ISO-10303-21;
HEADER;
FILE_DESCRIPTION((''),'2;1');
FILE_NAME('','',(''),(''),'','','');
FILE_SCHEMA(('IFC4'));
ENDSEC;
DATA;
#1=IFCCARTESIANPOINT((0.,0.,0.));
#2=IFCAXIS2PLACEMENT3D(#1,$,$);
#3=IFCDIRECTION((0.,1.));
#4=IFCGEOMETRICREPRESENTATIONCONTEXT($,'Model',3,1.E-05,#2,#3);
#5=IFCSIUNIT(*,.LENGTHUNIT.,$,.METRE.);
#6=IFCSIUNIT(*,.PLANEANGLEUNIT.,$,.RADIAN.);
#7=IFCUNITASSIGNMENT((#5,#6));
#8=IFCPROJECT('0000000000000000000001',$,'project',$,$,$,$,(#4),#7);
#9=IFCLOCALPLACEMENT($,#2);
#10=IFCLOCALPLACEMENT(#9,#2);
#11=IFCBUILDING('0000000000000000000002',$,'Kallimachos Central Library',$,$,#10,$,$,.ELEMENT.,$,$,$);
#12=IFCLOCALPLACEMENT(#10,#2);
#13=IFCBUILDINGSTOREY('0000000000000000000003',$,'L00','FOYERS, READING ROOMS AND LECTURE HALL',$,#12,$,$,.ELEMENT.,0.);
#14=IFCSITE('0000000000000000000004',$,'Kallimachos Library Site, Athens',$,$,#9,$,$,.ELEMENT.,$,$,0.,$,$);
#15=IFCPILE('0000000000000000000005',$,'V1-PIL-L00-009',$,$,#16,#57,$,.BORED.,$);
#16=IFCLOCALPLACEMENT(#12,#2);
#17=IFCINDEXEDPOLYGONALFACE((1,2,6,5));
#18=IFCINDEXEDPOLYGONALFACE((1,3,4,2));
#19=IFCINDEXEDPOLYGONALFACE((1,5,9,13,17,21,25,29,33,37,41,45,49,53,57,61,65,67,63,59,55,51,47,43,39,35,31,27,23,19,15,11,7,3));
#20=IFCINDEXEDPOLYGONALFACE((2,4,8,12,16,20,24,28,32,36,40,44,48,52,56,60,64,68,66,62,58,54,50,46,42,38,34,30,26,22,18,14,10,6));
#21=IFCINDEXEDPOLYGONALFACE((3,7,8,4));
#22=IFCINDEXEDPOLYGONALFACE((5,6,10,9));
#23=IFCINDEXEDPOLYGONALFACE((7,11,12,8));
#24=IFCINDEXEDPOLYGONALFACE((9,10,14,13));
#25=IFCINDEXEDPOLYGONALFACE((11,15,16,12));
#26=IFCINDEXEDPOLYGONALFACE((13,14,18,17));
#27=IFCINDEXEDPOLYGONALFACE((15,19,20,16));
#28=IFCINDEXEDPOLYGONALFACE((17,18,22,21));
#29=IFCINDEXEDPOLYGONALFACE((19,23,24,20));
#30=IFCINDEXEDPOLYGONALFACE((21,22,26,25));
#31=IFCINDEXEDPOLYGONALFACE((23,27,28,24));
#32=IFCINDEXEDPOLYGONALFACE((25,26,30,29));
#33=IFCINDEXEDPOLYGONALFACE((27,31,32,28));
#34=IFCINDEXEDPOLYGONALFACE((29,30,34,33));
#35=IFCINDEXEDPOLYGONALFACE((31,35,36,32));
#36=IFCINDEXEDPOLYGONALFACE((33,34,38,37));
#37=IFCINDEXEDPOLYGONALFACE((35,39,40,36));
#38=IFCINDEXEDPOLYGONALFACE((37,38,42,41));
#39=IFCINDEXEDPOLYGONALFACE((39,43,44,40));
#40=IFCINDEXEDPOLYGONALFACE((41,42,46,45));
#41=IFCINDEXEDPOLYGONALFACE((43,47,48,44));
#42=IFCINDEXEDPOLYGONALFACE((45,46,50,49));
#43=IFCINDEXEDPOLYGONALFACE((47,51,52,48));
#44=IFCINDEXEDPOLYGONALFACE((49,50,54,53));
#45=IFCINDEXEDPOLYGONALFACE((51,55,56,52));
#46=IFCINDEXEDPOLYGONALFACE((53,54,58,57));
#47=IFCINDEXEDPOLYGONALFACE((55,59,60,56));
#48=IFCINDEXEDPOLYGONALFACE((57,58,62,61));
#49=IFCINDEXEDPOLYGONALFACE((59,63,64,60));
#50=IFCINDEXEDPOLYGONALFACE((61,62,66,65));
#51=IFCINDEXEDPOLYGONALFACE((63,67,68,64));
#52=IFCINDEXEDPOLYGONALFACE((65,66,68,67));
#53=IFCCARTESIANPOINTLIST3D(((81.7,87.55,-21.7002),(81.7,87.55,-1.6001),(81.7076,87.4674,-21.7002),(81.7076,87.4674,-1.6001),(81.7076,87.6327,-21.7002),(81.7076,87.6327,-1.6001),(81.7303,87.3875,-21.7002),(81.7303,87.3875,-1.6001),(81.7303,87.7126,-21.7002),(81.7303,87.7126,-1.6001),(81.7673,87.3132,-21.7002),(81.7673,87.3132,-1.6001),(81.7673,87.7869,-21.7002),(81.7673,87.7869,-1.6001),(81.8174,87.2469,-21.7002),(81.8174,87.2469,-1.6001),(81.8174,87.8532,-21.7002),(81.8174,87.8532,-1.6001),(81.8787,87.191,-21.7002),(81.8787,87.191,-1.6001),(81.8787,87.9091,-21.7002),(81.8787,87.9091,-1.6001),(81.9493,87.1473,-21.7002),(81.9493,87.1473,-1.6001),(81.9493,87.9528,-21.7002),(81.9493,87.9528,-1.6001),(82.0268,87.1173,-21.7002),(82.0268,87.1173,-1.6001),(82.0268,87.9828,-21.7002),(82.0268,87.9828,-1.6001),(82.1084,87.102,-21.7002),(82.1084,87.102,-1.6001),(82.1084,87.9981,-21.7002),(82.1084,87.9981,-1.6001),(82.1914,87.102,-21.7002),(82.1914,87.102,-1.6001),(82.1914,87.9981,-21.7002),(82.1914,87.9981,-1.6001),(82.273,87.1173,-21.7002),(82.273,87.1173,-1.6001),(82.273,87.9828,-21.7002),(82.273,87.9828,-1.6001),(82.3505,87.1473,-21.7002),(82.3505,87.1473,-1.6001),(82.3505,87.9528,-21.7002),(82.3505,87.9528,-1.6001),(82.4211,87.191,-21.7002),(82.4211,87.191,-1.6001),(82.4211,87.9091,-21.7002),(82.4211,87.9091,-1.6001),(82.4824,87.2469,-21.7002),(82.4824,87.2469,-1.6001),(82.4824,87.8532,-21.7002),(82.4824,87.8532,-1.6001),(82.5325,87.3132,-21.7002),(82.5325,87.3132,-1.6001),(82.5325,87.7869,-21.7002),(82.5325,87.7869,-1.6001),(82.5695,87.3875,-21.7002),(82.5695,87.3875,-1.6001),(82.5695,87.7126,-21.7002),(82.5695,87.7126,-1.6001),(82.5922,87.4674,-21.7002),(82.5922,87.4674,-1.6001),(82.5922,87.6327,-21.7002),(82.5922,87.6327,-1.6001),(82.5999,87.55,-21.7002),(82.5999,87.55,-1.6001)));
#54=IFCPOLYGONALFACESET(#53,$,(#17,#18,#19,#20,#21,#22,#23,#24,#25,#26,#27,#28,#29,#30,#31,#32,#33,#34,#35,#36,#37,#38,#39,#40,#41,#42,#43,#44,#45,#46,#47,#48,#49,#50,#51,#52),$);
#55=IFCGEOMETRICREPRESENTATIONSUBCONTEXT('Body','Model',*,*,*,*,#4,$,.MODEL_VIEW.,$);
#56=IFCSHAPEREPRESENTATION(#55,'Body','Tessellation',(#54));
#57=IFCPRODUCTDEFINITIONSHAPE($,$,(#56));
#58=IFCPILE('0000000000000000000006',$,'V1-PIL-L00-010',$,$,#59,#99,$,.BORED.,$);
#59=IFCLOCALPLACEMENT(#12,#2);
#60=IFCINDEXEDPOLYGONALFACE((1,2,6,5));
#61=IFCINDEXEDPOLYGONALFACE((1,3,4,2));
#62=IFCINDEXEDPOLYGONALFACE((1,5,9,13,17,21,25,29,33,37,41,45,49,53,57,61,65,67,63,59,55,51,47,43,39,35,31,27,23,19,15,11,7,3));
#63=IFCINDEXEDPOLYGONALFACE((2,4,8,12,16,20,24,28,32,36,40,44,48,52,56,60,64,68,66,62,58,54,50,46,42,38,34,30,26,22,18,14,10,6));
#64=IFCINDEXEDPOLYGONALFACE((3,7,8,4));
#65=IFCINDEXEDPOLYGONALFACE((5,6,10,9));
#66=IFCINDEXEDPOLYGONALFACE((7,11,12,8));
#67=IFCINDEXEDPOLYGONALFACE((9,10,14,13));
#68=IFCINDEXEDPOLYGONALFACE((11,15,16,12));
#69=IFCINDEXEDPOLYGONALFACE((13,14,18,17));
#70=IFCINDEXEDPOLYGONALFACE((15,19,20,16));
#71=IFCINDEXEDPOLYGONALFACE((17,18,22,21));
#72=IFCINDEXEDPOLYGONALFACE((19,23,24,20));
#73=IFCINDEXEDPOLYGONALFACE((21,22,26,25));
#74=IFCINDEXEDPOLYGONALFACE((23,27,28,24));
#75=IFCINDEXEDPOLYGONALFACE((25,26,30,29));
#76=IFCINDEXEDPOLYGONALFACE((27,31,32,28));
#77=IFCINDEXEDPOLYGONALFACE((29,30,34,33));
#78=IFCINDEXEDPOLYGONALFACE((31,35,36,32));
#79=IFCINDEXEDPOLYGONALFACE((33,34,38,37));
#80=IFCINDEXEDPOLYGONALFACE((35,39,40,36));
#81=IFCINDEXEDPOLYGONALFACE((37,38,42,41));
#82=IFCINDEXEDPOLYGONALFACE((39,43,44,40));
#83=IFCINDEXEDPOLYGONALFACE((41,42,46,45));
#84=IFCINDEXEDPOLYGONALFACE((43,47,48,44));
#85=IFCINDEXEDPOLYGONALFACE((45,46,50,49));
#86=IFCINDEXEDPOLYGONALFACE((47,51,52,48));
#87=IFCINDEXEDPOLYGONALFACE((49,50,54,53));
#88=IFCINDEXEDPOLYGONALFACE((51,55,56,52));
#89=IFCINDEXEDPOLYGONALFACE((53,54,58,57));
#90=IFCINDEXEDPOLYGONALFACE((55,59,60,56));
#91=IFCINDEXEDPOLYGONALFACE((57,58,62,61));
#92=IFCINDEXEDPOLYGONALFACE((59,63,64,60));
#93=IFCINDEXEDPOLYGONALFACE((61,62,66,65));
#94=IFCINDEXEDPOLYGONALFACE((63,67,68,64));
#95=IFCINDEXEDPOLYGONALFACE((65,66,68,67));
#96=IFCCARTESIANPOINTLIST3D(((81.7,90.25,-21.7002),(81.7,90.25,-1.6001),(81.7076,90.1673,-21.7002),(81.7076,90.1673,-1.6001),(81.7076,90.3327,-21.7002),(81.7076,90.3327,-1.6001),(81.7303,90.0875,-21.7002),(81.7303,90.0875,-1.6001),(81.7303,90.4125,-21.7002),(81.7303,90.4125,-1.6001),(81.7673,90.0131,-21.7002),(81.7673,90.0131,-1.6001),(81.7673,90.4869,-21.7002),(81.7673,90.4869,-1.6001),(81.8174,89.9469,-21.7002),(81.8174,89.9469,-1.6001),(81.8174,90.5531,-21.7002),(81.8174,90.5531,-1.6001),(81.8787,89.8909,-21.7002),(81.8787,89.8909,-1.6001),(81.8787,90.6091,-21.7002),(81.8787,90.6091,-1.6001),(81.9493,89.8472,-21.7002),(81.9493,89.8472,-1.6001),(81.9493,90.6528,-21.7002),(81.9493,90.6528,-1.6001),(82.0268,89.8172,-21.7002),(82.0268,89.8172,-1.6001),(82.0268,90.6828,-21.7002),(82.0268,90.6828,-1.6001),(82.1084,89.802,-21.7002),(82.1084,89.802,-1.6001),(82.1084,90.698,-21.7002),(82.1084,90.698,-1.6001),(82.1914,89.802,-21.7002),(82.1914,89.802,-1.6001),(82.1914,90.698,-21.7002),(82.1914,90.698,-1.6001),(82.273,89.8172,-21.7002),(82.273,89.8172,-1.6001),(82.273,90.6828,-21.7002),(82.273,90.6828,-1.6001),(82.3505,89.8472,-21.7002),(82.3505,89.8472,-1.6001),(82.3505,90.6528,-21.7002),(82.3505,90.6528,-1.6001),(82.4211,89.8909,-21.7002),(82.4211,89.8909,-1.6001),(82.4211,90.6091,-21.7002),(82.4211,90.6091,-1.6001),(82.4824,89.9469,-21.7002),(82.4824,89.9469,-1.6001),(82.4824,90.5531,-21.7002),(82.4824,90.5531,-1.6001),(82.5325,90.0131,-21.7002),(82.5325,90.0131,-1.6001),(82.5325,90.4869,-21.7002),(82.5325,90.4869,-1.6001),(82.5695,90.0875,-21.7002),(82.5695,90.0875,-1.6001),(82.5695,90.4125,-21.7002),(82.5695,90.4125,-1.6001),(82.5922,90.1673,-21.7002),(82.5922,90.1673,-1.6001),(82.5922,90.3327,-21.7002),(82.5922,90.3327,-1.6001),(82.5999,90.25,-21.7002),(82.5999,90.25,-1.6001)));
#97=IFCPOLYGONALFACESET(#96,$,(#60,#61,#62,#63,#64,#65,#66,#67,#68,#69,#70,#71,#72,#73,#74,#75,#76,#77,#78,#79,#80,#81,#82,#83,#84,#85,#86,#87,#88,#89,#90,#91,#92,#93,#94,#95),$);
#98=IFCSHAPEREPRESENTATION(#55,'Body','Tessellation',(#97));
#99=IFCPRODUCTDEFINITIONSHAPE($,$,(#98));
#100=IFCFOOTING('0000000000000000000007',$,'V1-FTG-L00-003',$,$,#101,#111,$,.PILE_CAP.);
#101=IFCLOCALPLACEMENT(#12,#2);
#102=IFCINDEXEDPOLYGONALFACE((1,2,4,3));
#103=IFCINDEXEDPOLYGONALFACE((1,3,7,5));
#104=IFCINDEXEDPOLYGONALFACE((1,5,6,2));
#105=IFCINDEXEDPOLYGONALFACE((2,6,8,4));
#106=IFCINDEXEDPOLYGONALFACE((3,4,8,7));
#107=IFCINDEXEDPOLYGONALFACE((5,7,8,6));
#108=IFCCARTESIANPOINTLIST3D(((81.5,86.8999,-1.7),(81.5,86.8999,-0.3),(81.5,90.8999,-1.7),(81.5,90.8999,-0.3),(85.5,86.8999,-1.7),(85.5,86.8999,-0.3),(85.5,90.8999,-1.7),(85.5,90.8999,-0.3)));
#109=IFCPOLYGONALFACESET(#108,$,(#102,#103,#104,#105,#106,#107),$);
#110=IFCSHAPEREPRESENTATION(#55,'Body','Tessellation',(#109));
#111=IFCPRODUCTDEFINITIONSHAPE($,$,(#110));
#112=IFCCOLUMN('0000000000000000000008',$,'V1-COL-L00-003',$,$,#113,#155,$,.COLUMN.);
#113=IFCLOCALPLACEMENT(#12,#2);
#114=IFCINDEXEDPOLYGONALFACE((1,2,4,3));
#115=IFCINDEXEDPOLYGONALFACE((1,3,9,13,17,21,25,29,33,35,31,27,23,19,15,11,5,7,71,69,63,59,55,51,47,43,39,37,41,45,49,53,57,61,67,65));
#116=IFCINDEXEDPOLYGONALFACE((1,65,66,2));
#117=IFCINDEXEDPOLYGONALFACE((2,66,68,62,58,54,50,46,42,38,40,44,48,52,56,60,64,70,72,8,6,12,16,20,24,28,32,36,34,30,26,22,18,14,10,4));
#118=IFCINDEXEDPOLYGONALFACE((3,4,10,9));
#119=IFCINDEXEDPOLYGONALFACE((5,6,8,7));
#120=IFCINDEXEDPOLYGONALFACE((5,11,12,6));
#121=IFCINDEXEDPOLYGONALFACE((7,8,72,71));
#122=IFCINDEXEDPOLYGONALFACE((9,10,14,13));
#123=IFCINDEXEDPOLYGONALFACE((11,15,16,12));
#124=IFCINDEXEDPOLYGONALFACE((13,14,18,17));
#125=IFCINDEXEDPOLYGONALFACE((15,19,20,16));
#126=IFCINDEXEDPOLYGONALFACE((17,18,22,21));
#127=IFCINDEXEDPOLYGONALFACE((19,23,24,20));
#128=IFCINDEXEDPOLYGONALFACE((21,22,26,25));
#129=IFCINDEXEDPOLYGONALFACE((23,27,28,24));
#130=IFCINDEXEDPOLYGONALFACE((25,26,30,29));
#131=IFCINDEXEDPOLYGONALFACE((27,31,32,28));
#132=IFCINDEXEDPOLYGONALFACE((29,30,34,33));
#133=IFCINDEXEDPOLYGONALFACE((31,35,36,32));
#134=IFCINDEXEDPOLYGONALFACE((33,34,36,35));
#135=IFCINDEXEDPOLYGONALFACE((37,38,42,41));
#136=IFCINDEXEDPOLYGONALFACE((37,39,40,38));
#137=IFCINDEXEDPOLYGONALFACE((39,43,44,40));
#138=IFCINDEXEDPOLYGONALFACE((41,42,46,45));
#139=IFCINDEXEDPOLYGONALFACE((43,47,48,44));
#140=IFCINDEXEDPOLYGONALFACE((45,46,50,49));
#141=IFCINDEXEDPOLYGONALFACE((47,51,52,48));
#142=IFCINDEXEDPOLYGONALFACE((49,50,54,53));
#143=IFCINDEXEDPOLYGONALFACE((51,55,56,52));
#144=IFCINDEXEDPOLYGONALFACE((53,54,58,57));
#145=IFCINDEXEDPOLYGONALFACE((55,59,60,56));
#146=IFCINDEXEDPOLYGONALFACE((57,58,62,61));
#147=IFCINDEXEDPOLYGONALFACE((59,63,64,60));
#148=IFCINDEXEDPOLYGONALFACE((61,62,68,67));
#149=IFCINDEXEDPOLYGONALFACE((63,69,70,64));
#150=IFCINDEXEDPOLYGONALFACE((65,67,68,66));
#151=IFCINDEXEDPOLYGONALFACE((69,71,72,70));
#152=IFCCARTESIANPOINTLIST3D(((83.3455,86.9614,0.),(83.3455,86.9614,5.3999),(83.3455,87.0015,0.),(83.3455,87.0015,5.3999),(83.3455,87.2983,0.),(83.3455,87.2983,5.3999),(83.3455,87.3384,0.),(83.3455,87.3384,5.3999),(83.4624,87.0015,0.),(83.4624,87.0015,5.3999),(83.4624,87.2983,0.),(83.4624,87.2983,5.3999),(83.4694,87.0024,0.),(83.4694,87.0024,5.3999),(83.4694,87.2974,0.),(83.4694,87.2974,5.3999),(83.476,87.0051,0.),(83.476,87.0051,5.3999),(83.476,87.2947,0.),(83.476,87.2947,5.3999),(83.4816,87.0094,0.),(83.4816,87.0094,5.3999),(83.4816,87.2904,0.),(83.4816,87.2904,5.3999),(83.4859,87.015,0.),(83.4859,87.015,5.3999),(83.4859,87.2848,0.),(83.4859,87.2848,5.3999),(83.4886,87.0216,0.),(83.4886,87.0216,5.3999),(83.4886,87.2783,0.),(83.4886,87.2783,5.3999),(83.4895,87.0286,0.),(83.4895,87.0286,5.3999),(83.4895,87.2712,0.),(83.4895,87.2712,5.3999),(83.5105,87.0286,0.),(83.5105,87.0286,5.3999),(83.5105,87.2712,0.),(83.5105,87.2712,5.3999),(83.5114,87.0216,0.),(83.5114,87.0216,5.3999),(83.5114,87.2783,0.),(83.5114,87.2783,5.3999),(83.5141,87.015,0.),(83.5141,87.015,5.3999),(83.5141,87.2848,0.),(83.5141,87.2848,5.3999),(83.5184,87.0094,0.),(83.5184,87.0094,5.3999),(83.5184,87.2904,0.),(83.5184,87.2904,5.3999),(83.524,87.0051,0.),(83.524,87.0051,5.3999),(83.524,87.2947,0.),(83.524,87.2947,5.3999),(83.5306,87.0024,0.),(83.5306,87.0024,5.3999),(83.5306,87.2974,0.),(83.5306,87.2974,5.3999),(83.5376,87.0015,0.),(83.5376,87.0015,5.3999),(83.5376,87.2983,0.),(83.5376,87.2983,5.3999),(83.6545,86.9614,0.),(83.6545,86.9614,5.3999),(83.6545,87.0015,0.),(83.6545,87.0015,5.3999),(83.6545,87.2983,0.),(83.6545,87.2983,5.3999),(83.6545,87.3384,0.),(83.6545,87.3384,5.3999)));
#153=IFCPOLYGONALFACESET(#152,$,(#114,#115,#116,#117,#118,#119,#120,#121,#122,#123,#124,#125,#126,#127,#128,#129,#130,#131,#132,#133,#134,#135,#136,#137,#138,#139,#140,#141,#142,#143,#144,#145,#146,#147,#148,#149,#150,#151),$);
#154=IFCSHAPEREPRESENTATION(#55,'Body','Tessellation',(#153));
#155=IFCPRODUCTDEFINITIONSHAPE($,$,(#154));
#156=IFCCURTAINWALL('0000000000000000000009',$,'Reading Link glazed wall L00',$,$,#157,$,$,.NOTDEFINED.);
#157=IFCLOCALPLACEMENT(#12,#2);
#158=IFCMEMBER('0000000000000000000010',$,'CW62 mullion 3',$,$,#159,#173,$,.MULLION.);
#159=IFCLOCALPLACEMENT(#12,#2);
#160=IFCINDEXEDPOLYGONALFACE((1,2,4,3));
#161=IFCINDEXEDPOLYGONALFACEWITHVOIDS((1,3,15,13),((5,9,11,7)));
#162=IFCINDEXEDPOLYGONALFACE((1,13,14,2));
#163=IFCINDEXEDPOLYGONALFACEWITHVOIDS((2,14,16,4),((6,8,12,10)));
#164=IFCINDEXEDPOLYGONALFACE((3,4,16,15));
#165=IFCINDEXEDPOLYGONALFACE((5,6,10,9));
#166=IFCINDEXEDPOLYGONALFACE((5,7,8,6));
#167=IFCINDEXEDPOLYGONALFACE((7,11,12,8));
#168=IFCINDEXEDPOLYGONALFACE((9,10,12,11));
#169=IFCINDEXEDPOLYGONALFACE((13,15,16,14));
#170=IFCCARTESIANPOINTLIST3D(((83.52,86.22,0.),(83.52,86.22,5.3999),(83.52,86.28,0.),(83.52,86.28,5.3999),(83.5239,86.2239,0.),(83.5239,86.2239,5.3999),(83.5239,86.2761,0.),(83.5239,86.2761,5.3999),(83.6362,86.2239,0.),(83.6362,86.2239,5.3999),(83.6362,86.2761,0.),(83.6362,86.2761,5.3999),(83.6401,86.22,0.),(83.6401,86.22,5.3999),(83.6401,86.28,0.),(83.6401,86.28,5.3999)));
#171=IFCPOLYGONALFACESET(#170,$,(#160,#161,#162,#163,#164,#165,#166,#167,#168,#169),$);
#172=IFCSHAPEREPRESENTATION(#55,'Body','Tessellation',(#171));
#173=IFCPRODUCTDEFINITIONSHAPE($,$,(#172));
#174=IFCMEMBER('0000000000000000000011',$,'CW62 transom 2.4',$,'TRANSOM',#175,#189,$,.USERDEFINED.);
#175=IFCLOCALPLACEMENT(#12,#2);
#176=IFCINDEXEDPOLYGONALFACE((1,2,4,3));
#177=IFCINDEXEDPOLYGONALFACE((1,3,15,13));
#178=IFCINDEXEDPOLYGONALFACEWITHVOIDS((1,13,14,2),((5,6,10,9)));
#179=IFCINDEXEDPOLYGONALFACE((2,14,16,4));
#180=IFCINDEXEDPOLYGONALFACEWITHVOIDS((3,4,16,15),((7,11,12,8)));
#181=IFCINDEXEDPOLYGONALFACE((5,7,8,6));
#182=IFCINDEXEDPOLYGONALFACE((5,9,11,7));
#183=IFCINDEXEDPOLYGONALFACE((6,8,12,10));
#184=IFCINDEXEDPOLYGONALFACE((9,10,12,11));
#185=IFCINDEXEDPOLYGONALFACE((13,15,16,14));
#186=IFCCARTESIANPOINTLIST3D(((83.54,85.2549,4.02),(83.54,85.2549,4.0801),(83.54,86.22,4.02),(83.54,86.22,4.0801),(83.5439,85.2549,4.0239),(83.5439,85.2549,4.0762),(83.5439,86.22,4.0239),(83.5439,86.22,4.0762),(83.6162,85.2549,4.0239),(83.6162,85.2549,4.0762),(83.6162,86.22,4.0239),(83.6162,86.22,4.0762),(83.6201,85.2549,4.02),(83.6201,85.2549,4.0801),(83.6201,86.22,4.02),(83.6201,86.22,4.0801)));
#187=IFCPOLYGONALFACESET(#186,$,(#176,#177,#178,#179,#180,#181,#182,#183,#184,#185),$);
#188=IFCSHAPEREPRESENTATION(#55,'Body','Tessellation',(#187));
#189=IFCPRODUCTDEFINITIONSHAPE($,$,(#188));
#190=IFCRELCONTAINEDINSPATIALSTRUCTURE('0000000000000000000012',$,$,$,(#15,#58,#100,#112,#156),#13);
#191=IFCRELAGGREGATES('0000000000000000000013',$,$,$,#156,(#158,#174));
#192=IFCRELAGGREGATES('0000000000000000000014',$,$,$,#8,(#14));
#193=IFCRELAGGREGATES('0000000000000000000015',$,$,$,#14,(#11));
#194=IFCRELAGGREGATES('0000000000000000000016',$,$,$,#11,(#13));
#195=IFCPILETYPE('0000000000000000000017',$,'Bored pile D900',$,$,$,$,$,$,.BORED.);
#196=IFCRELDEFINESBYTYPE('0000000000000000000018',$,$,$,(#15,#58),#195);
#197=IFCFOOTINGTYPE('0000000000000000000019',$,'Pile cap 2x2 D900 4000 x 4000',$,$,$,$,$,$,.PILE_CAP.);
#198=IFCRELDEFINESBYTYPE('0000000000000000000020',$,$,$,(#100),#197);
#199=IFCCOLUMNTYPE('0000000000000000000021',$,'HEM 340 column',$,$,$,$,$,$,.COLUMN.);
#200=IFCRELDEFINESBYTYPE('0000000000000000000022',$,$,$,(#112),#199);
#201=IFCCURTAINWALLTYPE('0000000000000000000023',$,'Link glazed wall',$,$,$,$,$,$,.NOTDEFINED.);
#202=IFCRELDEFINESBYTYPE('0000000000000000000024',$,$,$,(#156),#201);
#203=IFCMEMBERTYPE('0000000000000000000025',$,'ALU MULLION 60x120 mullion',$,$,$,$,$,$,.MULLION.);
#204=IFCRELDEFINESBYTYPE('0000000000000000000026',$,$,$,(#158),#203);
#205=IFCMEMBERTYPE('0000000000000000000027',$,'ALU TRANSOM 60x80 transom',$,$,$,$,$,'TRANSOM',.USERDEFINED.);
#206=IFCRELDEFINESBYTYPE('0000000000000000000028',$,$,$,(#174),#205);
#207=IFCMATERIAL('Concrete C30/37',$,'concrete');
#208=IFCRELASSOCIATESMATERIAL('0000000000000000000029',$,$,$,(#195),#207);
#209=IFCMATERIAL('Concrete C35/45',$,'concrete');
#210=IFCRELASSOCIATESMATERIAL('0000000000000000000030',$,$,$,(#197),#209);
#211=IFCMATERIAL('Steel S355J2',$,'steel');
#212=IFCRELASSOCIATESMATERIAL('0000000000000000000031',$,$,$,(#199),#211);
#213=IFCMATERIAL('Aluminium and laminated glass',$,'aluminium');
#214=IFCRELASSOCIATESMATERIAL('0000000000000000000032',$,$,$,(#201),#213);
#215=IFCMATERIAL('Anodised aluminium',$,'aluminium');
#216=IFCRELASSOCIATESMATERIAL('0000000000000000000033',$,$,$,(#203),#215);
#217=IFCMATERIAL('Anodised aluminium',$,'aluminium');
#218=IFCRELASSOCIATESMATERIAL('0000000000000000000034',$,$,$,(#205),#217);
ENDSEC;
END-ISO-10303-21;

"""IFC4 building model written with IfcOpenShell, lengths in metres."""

from ifc_helpers import new_model, si_unit, direction, frame, origin, origin_2d, place, context, subcontext, project, spatial, rectangle, hollow_rectangle, circle, i_section, extrude, material, material_profile, profile_set, type_object, element, aggregate, save


model = new_model("IFC4")

# Units and contexts
model_context = context("Model", 3, precision=1e-05, world=origin(), true_north=direction((0.0, 1.0)))
body_context = subcontext(model_context, "Body", "Model", "MODEL_VIEW")
ifc_project = project(units=[si_unit("LENGTHUNIT", "METRE"), si_unit("PLANEANGLEUNIT", "RADIAN")], contexts=[model_context])

# Site, building, storey
site_placement = place(None, origin())
site = spatial("IfcSite", under=ifc_project, at=site_placement, Name="Kallimachos Library Site, Athens", CompositionType="ELEMENT", RefElevation=0.0)
building_placement = place(site_placement, origin())
building = spatial("IfcBuilding", under=site, at=building_placement, Name="Kallimachos Central Library", CompositionType="ELEMENT")
storey_placement = place(building_placement, origin())
storey = spatial("IfcBuildingStorey", under=building, at=storey_placement, Name="L00", Description="FOYERS, READING ROOMS AND LECTURE HALL", CompositionType="ELEMENT", Elevation=0.0)

# Piles
ifc_material_1 = material(Name="Concrete C30/37", Category="concrete")
pile_type = type_object("IfcPileType", Name="Bored pile D900", PredefinedType="BORED", material=ifc_material_1)
for number, where, z_axis, x_axis, name in (
    (1, (82.1499, 87.55, -1.6001), (0.0, 0.0, -1.0), (1.0, 0.0, 0.0), "V1-PIL-L00-009"),
    (2, (82.1499, 90.25, -1.6001), (0.0, 0.0, -1.0), (1.0, 0.0, 0.0), "V1-PIL-L00-010"),
):
    element("IfcPile", number, at=place(storey_placement, frame(where, z_axis=z_axis, x_axis=x_axis)), inside=storey, type_object=pile_type, Name=name, PredefinedType="BORED", context=body_context, shape_type="SweptSolid", body=[
        extrude(circle(Radius=0.45, at=origin_2d()), origin(), (0.0, 0.0, 1.0), 20.1001),
    ])

# Footing
ifc_material_2 = material(Name="Concrete C35/45", Category="concrete")
footing_type = type_object("IfcFootingType", Name="Pile cap 2x2 D900 4000 x 4000", PredefinedType="PILE_CAP", material=ifc_material_2)
footing_placement = place(storey_placement, frame((83.5, 88.8999, -1.7), z_axis=(0.0, 0.0, 1.0), x_axis=(1.0, 0.0, 0.0)))
element("IfcFooting", 3, at=footing_placement, inside=storey, type_object=footing_type, Name="V1-FTG-L00-003", PredefinedType="PILE_CAP", context=body_context, shape_type="SweptSolid", body=[
    extrude(rectangle(XDim=4.0, YDim=4.0, at=origin_2d()), origin(), (0.0, 0.0, 1.0), 1.3999),
])

# Column
ifc_material_3 = material(Name="Steel S355J2", Category="steel")
ifc_material_profile_1 = material_profile(ifc_material_3, i_section(OverallWidth=0.3091, OverallDepth=0.377, WebThickness=0.021, FlangeThickness=0.04, FilletRadius=0.0271, at=origin_2d()), Name="HEM 340")
ifc_profile_set_1 = profile_set([ifc_material_profile_1], Name="Steel S355J2")
column_type = type_object("IfcColumnType", Name="HEM 340 column", PredefinedType="COLUMN", material=ifc_profile_set_1)
column_placement = place(storey_placement, frame((83.5, 87.1499, 0.0), z_axis=(0.0, 0.0, 1.0), x_axis=(1.0, 0.0, 0.0)))
element("IfcColumn", 4, at=column_placement, inside=storey, type_object=column_type, Name="V1-COL-L00-003", PredefinedType="COLUMN", context=body_context, shape_type="SweptSolid", body=[
    extrude(i_section(OverallWidth=0.3091, OverallDepth=0.377, WebThickness=0.021, FlangeThickness=0.04, FilletRadius=0.0271, at=origin_2d()), origin(), (0.0, 0.0, 1.0), 5.3999),
])

# Curtain wall, members
ifc_material_4 = material(Name="Aluminium and laminated glass", Category="aluminium")
curtain_wall_type = type_object("IfcCurtainWallType", Name="Link glazed wall", PredefinedType="NOTDEFINED", material=ifc_material_4)
curtain_wall_placement = place(storey_placement, origin())
curtain_wall = element("IfcCurtainWall", 5, at=curtain_wall_placement, inside=storey, type_object=curtain_wall_type, Name="Reading Link glazed wall L00", PredefinedType="NOTDEFINED")
ifc_material_5 = material(Name="Anodised aluminium", Category="aluminium")
ifc_material_profile_2 = material_profile(ifc_material_5, hollow_rectangle(XDim=0.0601, YDim=0.1201, WallThickness=0.0039, at=origin_2d()), Name="ALU MULLION 60x120")
ifc_profile_set_2 = profile_set([ifc_material_profile_2], Name="Anodised aluminium")
member_type_1 = type_object("IfcMemberType", Name="ALU MULLION 60x120 mullion", PredefinedType="MULLION", material=ifc_profile_set_2)
member_1_placement = place(storey_placement, frame((83.5801, 86.25, 0.0), z_axis=(0.0, 0.0, 1.0), x_axis=(0.0, 1.0, 0.0)))
member_1 = element("IfcMember", 6, at=member_1_placement, type_object=member_type_1, Name="CW62 mullion 3", PredefinedType="MULLION", context=body_context, shape_type="SweptSolid", body=[
    extrude(hollow_rectangle(XDim=0.0601, YDim=0.1201, WallThickness=0.0039, at=origin_2d()), origin(), (0.0, 0.0, 1.0), 5.3999),
])
ifc_material_6 = material(Name="Anodised aluminium", Category="aluminium")
ifc_material_profile_3 = material_profile(ifc_material_6, hollow_rectangle(XDim=0.0601, YDim=0.0801, WallThickness=0.0039, at=origin_2d()), Name="ALU TRANSOM 60x80")
ifc_profile_set_3 = profile_set([ifc_material_profile_3], Name="Anodised aluminium")
member_type_2 = type_object("IfcMemberType", Name="ALU TRANSOM 60x80 transom", ElementType="TRANSOM", PredefinedType="USERDEFINED", material=ifc_profile_set_3)
member_2_placement = place(storey_placement, frame((83.5801, 85.2549, 4.05), z_axis=(0.0, 1.0, 0.0), x_axis=(0.0, 0.0, 1.0)))
member_2 = element("IfcMember", 7, at=member_2_placement, type_object=member_type_2, Name="CW62 transom 2.4", ObjectType="TRANSOM", PredefinedType="USERDEFINED", context=body_context, shape_type="SweptSolid", body=[
    extrude(hollow_rectangle(XDim=0.0601, YDim=0.0801, WallThickness=0.0039, at=origin_2d()), origin(), (0.0, 0.0, 1.0), 0.9651),
])

aggregate(curtain_wall, [member_1, member_2])

save(model, "model.ifc")
